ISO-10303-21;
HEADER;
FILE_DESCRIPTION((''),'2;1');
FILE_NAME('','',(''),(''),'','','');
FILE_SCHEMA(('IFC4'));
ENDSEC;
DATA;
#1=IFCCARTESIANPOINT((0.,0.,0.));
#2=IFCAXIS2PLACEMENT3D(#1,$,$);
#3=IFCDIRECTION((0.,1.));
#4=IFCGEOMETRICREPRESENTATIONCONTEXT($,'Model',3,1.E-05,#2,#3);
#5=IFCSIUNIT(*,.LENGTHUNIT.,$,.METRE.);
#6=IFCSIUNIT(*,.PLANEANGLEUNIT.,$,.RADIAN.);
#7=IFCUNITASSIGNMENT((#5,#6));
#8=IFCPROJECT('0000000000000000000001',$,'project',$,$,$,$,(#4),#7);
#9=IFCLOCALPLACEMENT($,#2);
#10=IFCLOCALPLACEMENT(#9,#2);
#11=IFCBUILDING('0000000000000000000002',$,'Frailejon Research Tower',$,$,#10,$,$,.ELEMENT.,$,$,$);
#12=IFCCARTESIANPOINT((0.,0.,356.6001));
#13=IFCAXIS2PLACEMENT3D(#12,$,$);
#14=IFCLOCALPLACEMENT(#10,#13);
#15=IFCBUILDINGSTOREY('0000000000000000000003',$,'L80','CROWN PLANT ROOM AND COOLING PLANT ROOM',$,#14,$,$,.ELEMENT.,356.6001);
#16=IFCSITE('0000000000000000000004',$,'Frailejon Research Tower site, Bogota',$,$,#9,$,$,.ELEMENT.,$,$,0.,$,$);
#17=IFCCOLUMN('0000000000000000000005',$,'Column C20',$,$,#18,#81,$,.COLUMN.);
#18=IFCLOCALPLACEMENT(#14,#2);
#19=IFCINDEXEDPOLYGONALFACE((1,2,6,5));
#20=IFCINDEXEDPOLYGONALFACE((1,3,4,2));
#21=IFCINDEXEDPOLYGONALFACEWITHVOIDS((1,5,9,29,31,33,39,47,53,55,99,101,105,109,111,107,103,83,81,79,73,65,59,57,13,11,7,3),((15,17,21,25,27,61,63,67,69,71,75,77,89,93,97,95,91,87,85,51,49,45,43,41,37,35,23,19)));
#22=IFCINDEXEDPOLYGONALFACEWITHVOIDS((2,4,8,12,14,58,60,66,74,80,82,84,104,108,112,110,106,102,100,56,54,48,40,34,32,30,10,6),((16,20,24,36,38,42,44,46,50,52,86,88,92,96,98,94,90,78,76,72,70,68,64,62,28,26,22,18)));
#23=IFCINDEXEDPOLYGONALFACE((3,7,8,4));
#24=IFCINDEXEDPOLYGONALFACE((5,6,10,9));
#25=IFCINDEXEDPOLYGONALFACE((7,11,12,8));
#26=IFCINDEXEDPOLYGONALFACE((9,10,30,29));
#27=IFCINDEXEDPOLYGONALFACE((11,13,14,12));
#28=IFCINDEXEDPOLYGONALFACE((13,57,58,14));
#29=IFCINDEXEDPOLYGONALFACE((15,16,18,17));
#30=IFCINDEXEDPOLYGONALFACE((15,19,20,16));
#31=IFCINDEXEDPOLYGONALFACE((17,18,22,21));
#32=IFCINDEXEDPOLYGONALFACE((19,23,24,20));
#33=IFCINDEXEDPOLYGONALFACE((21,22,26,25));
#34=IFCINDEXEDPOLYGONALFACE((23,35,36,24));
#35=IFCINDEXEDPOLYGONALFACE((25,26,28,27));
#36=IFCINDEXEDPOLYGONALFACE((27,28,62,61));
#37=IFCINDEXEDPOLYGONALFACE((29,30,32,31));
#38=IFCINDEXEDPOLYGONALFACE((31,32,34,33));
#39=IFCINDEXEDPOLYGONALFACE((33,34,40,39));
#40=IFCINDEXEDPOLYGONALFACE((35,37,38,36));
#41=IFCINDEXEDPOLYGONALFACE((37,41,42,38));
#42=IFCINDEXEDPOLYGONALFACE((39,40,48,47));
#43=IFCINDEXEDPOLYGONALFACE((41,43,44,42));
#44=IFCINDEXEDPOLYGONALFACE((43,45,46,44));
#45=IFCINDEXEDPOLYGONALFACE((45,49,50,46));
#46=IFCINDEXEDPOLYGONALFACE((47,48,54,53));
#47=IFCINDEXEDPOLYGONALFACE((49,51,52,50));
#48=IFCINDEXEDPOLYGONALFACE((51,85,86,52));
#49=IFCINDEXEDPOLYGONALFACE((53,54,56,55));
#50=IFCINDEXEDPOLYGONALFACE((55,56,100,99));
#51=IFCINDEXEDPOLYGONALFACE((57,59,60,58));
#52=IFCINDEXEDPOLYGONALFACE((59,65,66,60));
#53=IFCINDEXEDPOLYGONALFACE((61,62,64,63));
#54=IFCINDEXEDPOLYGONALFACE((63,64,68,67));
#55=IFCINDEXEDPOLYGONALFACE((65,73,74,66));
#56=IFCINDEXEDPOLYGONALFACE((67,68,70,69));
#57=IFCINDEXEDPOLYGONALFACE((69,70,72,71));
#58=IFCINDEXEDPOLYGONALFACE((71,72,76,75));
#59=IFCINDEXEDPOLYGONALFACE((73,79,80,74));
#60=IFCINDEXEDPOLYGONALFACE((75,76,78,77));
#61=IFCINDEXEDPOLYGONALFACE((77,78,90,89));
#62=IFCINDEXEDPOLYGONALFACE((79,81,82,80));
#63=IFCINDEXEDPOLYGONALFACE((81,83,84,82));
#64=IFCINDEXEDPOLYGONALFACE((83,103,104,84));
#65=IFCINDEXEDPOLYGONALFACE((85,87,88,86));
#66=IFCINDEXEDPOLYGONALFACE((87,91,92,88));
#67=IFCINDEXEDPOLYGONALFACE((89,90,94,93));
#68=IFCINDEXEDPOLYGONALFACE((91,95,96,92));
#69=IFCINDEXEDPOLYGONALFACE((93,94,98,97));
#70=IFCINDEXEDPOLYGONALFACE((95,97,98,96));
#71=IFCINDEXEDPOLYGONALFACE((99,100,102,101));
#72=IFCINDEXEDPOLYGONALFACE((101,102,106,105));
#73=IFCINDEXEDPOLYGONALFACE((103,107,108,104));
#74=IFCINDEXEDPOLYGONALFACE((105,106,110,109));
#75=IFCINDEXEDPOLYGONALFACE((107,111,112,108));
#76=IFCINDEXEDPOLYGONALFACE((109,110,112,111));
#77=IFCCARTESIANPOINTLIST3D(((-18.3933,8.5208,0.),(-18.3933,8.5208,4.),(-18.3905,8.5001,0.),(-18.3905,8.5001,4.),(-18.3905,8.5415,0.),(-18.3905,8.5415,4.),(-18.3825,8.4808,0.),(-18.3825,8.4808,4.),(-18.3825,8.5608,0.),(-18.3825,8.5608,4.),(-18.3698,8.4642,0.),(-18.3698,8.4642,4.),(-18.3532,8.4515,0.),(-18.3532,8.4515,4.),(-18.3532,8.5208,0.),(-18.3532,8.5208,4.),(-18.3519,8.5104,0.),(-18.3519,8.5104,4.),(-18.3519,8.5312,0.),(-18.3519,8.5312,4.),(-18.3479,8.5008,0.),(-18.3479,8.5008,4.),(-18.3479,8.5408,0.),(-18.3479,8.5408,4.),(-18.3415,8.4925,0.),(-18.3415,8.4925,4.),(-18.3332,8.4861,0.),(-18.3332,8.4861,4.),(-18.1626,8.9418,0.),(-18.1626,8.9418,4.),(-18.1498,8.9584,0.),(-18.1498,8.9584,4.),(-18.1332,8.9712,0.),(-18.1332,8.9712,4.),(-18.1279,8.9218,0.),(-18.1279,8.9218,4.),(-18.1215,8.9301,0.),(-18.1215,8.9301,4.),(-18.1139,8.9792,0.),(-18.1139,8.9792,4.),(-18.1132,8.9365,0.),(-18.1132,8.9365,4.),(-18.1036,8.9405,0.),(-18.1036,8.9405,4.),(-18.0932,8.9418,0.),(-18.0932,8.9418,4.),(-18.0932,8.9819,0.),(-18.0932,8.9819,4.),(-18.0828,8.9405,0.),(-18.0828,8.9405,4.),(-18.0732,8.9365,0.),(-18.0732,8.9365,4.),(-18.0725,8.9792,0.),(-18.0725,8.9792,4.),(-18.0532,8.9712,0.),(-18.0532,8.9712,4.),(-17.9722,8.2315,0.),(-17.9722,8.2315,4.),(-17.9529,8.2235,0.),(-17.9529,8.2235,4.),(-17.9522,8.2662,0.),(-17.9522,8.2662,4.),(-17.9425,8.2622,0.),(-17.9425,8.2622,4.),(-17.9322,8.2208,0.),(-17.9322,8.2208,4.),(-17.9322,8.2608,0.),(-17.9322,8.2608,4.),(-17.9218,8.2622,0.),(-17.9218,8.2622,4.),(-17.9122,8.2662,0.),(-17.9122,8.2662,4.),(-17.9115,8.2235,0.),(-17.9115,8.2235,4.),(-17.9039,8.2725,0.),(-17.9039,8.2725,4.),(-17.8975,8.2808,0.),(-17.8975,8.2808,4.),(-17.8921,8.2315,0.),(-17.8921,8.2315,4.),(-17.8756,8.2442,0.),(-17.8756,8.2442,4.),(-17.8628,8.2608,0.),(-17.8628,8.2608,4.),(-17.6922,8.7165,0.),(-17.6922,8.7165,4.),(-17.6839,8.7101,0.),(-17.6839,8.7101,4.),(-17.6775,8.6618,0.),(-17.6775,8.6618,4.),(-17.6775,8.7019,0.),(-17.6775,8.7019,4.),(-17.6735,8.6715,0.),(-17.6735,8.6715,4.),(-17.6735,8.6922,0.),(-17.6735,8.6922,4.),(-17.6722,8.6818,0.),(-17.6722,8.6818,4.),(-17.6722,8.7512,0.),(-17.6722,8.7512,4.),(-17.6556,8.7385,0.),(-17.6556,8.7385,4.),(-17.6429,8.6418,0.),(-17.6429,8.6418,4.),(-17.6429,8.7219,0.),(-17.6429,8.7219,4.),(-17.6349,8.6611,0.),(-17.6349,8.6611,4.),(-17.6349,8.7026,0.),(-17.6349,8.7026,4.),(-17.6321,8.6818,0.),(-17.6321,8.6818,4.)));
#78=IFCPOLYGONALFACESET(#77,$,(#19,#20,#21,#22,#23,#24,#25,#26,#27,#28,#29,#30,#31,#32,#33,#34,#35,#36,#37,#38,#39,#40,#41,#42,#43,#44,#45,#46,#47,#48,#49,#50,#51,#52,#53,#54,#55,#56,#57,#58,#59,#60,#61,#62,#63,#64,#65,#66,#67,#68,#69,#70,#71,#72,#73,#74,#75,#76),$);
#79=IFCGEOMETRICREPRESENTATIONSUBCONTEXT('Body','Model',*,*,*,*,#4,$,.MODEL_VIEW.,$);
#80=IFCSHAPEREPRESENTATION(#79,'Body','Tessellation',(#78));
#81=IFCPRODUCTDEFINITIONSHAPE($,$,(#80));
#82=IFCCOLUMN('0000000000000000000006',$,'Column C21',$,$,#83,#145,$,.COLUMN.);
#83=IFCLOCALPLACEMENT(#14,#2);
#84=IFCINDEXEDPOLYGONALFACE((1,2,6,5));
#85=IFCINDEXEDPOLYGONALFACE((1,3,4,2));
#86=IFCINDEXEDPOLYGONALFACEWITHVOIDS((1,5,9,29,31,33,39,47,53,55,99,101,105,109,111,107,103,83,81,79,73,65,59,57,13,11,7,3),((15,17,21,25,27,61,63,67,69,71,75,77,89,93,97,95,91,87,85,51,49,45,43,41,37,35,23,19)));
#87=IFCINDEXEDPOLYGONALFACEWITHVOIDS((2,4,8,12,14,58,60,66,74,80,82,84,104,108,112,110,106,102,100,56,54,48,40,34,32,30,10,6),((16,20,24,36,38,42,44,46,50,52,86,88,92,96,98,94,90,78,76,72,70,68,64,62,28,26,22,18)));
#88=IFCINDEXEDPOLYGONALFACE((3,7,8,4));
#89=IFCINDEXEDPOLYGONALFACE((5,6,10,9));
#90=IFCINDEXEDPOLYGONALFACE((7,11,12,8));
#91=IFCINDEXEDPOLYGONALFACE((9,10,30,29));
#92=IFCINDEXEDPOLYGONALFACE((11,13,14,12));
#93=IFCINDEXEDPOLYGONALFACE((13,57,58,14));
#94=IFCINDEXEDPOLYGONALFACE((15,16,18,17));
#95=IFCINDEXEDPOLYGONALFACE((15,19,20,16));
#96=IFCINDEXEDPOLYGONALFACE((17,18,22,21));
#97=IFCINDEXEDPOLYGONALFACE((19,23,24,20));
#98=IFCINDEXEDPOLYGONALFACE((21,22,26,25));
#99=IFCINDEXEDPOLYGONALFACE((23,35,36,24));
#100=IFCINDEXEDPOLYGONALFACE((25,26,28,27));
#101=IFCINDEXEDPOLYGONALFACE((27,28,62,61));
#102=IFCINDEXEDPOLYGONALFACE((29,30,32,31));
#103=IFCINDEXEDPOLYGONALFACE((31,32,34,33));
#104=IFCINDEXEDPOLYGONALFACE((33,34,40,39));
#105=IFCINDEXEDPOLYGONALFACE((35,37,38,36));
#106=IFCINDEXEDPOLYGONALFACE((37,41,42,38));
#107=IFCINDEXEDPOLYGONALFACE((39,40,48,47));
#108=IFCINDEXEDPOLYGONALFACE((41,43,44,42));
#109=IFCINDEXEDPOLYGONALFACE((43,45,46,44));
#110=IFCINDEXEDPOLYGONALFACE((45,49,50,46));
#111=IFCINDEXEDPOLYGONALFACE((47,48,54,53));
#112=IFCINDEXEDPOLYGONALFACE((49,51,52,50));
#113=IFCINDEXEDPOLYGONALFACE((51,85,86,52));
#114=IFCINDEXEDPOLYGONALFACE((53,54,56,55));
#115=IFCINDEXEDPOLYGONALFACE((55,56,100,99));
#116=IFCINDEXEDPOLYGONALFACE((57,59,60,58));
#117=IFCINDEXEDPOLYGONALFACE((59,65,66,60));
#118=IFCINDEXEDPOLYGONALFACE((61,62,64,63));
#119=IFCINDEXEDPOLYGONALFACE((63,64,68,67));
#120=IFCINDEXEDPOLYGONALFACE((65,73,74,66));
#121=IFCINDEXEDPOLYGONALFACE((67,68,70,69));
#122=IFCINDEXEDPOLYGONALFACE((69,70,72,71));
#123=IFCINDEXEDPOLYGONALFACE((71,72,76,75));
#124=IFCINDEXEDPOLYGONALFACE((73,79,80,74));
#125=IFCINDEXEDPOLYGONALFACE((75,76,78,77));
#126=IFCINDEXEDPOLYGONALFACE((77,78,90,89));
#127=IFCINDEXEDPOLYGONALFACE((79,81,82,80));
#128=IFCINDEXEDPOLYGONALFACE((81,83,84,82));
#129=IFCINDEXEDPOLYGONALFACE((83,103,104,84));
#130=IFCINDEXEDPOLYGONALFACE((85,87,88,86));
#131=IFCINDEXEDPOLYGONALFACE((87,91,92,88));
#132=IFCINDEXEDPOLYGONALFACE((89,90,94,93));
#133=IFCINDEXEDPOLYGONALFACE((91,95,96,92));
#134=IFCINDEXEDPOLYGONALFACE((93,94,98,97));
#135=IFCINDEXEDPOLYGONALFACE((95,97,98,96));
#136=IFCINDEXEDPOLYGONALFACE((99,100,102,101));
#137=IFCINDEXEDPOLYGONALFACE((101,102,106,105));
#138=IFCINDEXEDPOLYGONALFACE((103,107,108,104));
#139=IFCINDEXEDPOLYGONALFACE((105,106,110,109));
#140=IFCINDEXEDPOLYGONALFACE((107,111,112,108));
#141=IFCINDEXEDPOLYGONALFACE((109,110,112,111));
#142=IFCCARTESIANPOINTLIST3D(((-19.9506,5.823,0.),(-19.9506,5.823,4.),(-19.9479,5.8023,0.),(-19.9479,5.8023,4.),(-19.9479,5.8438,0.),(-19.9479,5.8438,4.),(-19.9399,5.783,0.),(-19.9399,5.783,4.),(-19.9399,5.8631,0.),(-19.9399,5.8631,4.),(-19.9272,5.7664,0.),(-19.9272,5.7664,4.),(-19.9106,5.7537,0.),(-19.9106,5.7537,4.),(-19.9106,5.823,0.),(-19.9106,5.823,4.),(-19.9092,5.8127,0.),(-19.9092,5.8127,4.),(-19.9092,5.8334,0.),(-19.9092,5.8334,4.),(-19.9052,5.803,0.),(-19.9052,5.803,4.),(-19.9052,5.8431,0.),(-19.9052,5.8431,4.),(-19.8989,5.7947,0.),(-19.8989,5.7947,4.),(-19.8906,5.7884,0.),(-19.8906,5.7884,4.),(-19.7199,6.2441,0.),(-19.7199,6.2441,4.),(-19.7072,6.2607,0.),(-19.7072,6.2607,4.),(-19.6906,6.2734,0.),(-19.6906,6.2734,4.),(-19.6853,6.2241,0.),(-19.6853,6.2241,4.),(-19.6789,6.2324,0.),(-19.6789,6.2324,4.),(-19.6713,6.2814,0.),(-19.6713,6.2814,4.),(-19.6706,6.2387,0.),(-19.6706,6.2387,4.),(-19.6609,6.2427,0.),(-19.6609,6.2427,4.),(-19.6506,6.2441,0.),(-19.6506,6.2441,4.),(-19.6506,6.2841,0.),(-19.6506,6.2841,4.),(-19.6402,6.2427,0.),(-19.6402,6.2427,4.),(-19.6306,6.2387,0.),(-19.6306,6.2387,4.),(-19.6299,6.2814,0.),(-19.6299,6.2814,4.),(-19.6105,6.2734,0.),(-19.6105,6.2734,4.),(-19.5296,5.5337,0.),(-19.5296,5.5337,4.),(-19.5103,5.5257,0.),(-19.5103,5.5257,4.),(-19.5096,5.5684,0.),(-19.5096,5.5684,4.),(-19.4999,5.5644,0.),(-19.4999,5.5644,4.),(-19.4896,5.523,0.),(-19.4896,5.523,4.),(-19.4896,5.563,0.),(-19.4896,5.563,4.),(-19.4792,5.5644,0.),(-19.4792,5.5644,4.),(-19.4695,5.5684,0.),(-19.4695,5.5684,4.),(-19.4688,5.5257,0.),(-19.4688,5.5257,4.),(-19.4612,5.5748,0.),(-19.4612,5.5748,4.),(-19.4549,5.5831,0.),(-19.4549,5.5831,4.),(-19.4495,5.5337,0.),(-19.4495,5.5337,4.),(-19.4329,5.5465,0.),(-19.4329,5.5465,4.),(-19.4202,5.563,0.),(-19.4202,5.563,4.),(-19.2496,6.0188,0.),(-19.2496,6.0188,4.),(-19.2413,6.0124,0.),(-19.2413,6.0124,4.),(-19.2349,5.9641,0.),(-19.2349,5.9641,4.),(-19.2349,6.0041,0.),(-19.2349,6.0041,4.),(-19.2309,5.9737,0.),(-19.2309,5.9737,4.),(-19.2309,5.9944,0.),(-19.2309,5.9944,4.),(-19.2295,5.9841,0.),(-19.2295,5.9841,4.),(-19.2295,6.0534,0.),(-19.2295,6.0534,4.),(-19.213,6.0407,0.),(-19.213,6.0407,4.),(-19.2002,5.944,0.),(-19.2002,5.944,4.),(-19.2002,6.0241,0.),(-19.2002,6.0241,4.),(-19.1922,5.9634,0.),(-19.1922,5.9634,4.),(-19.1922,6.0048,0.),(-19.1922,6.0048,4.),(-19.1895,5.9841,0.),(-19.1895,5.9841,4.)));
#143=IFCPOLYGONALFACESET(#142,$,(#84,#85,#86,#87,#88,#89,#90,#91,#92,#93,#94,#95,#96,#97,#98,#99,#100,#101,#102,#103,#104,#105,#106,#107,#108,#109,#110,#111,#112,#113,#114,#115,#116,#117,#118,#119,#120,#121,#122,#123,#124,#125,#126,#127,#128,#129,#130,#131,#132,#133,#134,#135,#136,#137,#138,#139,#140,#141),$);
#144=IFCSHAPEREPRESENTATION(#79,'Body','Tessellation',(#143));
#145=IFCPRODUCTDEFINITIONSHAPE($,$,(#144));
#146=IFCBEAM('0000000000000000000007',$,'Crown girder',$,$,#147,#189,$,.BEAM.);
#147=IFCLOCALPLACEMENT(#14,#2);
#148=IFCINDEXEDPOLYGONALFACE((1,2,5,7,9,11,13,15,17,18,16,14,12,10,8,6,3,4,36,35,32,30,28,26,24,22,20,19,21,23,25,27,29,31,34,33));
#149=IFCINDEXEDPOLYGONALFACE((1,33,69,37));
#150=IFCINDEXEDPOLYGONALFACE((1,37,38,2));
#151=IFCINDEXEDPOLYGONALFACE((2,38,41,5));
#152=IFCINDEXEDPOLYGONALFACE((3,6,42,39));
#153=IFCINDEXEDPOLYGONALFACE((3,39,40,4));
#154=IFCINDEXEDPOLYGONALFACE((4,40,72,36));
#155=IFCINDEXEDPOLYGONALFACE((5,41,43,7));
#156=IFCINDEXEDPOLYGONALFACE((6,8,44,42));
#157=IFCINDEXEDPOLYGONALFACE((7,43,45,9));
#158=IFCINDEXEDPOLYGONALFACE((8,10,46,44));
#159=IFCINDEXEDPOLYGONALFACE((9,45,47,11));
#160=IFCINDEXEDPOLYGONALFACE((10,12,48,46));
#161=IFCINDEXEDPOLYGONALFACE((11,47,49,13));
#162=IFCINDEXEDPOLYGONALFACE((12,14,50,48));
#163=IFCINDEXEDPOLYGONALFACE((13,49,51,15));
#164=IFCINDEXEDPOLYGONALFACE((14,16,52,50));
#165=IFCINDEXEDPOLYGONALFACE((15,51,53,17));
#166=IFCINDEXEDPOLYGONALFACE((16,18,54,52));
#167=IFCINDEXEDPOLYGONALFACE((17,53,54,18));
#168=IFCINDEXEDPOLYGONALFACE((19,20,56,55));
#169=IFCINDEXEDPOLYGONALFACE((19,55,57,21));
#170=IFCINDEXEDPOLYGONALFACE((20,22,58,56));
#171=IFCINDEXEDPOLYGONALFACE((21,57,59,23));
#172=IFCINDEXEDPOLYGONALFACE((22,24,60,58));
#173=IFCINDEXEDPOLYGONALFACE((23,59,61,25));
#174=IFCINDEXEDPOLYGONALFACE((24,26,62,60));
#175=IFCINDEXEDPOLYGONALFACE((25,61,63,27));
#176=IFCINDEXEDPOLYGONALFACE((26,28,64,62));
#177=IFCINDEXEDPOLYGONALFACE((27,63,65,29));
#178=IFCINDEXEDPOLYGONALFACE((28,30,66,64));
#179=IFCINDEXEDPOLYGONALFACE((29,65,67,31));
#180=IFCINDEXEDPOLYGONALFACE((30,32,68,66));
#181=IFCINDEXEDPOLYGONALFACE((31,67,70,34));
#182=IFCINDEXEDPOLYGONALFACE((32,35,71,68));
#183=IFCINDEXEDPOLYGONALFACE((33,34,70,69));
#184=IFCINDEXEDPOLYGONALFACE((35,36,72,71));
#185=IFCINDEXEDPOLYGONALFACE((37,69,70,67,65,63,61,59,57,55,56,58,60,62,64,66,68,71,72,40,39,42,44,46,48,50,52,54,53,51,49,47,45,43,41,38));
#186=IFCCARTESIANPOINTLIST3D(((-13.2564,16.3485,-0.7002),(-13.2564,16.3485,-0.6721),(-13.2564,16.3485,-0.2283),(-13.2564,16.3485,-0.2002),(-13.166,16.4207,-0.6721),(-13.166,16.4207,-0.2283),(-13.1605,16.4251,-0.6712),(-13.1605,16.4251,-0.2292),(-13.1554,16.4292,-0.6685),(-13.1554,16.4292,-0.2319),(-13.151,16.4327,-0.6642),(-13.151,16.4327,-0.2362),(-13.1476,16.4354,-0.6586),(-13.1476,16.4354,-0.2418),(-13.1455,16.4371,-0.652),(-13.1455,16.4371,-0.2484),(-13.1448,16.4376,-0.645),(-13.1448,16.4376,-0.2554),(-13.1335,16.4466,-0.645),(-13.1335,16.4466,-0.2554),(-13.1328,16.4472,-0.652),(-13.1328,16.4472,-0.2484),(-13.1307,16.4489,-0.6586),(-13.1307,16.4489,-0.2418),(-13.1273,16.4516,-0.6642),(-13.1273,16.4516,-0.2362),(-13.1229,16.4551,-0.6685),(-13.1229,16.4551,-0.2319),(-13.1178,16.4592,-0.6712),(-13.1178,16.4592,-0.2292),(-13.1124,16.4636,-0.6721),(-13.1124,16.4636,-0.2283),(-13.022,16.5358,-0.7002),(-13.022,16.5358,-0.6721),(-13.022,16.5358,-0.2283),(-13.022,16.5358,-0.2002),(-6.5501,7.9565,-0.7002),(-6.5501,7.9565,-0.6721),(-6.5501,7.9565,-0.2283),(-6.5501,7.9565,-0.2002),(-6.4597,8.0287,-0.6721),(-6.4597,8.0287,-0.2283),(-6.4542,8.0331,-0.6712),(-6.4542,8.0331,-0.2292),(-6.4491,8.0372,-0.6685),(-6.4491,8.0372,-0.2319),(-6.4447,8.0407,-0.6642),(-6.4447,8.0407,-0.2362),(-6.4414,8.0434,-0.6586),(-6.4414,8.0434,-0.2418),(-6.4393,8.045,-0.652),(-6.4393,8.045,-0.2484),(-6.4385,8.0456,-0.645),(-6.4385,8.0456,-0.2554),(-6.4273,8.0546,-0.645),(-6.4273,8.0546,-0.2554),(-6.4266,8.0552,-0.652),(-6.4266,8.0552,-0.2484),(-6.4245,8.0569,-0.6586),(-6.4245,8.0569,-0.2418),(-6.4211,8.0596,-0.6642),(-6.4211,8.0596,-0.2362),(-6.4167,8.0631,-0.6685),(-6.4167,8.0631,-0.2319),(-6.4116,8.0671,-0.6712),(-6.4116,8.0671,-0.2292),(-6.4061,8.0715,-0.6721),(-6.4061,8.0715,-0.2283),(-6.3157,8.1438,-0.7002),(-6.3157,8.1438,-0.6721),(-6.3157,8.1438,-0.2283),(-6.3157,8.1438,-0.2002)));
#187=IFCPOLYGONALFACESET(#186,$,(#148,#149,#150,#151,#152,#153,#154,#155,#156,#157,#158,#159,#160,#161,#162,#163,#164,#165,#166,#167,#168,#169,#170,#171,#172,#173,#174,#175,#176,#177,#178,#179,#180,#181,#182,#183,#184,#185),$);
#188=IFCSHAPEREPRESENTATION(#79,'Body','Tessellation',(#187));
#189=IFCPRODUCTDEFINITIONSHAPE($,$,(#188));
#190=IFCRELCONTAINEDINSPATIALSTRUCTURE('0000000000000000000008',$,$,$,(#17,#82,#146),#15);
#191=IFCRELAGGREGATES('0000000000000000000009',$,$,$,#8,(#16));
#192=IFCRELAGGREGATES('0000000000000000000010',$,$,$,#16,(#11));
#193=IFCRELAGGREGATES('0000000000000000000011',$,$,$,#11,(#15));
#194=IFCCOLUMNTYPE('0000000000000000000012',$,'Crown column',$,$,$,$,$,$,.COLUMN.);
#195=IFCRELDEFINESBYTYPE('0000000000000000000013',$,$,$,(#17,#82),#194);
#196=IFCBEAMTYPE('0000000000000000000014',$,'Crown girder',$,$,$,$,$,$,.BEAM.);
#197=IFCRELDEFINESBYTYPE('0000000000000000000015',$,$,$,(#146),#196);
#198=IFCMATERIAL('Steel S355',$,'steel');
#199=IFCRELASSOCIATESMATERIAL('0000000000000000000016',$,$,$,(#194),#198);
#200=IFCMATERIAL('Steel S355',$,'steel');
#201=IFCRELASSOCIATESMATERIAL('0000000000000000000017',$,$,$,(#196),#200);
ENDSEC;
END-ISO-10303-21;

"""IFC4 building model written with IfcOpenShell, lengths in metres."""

from ifc_helpers import new_model, si_unit, direction, frame, origin, origin_2d, place, context, subcontext, project, spatial, hollow_rectangle, i_section, extrude, material, material_profile, profile_set, type_object, element, save


model = new_model("IFC4")

# Units and contexts
model_context = context("Model", 3, precision=1e-05, world=origin(), true_north=direction((0.0, 1.0)))
body_context = subcontext(model_context, "Body", "Model", "MODEL_VIEW")
ifc_project = project(units=[si_unit("LENGTHUNIT", "METRE"), si_unit("PLANEANGLEUNIT", "RADIAN")], contexts=[model_context])

# Site, building, storey
site_placement = place(None, origin())
site = spatial("IfcSite", under=ifc_project, at=site_placement, Name="Frailejon Research Tower site, Bogota", CompositionType="ELEMENT", RefElevation=0.0)
building_placement = place(site_placement, origin())
building = spatial("IfcBuilding", under=site, at=building_placement, Name="Frailejon Research Tower", CompositionType="ELEMENT")
storey_placement = place(building_placement, frame((0.0, 0.0, 356.6001)))
storey = spatial("IfcBuildingStorey", under=building, at=storey_placement, Name="L80", Description="CROWN PLANT ROOM AND COOLING PLANT ROOM", CompositionType="ELEMENT", Elevation=356.6001)

# Columns
ifc_material_1 = material(Name="Steel S355", Category="steel")
ifc_material_profile_1 = material_profile(ifc_material_1, hollow_rectangle(XDim=0.6001, YDim=0.6001, WallThickness=0.04, InnerFilletRadius=0.04, OuterFilletRadius=0.0801, at=origin_2d()), Name="Crown column")
ifc_profile_set_1 = profile_set([ifc_material_profile_1], Name="Steel S355")
column_type = type_object("IfcColumnType", Name="Crown column", PredefinedType="COLUMN", material=ifc_profile_set_1)
for number, where, z_axis, x_axis, name in (
    (1, (-18.0127, 8.6013, 0.0), (0.0, 0.0, 1.0), (-0.5, -0.866025, 0.0), "Column C20"),
    (2, (-19.5701, 5.9036, 0.0), (0.0, 0.0, 1.0), (-0.5, -0.866025, 0.0), "Column C21"),
):
    element("IfcColumn", number, at=place(storey_placement, frame(where, z_axis=z_axis, x_axis=x_axis)), inside=storey, type_object=column_type, Name=name, PredefinedType="COLUMN", context=body_context, shape_type="SweptSolid", body=[
        extrude(hollow_rectangle(XDim=0.6001, YDim=0.6001, WallThickness=0.04, InnerFilletRadius=0.04, OuterFilletRadius=0.0801, at=origin_2d()), origin(), (0.0, 0.0, 1.0), 4.0),
    ])

# Beam
ifc_material_2 = material(Name="Steel S355", Category="steel")
ifc_material_profile_2 = material_profile(ifc_material_2, i_section(OverallWidth=0.3, OverallDepth=0.5, WebThickness=0.0144, FlangeThickness=0.0281, FilletRadius=0.0271, at=origin_2d()), Name="HE 500 B")
ifc_profile_set_2 = profile_set([ifc_material_profile_2], Name="Steel S355")
beam_type_1 = type_object("IfcBeamType", Name="Crown girder", PredefinedType="BEAM", material=ifc_profile_set_2)
beam_1_placement = place(storey_placement, frame((-13.1392, 16.4421, -0.4502), z_axis=(0.624276, -0.781203, 0.0), x_axis=(0.781203, 0.624276, 0.0)))
element("IfcBeam", 3, at=beam_1_placement, inside=storey, type_object=beam_type_1, Name="Crown girder", PredefinedType="BEAM", context=body_context, shape_type="SweptSolid", body=[
    extrude(i_section(OverallWidth=0.3, OverallDepth=0.5, WebThickness=0.0144, FlangeThickness=0.0281, FilletRadius=0.0271, at=origin_2d()), origin(), (0.0, 0.0, 1.0), 10.7424),
])

save(model, "model.ifc")
